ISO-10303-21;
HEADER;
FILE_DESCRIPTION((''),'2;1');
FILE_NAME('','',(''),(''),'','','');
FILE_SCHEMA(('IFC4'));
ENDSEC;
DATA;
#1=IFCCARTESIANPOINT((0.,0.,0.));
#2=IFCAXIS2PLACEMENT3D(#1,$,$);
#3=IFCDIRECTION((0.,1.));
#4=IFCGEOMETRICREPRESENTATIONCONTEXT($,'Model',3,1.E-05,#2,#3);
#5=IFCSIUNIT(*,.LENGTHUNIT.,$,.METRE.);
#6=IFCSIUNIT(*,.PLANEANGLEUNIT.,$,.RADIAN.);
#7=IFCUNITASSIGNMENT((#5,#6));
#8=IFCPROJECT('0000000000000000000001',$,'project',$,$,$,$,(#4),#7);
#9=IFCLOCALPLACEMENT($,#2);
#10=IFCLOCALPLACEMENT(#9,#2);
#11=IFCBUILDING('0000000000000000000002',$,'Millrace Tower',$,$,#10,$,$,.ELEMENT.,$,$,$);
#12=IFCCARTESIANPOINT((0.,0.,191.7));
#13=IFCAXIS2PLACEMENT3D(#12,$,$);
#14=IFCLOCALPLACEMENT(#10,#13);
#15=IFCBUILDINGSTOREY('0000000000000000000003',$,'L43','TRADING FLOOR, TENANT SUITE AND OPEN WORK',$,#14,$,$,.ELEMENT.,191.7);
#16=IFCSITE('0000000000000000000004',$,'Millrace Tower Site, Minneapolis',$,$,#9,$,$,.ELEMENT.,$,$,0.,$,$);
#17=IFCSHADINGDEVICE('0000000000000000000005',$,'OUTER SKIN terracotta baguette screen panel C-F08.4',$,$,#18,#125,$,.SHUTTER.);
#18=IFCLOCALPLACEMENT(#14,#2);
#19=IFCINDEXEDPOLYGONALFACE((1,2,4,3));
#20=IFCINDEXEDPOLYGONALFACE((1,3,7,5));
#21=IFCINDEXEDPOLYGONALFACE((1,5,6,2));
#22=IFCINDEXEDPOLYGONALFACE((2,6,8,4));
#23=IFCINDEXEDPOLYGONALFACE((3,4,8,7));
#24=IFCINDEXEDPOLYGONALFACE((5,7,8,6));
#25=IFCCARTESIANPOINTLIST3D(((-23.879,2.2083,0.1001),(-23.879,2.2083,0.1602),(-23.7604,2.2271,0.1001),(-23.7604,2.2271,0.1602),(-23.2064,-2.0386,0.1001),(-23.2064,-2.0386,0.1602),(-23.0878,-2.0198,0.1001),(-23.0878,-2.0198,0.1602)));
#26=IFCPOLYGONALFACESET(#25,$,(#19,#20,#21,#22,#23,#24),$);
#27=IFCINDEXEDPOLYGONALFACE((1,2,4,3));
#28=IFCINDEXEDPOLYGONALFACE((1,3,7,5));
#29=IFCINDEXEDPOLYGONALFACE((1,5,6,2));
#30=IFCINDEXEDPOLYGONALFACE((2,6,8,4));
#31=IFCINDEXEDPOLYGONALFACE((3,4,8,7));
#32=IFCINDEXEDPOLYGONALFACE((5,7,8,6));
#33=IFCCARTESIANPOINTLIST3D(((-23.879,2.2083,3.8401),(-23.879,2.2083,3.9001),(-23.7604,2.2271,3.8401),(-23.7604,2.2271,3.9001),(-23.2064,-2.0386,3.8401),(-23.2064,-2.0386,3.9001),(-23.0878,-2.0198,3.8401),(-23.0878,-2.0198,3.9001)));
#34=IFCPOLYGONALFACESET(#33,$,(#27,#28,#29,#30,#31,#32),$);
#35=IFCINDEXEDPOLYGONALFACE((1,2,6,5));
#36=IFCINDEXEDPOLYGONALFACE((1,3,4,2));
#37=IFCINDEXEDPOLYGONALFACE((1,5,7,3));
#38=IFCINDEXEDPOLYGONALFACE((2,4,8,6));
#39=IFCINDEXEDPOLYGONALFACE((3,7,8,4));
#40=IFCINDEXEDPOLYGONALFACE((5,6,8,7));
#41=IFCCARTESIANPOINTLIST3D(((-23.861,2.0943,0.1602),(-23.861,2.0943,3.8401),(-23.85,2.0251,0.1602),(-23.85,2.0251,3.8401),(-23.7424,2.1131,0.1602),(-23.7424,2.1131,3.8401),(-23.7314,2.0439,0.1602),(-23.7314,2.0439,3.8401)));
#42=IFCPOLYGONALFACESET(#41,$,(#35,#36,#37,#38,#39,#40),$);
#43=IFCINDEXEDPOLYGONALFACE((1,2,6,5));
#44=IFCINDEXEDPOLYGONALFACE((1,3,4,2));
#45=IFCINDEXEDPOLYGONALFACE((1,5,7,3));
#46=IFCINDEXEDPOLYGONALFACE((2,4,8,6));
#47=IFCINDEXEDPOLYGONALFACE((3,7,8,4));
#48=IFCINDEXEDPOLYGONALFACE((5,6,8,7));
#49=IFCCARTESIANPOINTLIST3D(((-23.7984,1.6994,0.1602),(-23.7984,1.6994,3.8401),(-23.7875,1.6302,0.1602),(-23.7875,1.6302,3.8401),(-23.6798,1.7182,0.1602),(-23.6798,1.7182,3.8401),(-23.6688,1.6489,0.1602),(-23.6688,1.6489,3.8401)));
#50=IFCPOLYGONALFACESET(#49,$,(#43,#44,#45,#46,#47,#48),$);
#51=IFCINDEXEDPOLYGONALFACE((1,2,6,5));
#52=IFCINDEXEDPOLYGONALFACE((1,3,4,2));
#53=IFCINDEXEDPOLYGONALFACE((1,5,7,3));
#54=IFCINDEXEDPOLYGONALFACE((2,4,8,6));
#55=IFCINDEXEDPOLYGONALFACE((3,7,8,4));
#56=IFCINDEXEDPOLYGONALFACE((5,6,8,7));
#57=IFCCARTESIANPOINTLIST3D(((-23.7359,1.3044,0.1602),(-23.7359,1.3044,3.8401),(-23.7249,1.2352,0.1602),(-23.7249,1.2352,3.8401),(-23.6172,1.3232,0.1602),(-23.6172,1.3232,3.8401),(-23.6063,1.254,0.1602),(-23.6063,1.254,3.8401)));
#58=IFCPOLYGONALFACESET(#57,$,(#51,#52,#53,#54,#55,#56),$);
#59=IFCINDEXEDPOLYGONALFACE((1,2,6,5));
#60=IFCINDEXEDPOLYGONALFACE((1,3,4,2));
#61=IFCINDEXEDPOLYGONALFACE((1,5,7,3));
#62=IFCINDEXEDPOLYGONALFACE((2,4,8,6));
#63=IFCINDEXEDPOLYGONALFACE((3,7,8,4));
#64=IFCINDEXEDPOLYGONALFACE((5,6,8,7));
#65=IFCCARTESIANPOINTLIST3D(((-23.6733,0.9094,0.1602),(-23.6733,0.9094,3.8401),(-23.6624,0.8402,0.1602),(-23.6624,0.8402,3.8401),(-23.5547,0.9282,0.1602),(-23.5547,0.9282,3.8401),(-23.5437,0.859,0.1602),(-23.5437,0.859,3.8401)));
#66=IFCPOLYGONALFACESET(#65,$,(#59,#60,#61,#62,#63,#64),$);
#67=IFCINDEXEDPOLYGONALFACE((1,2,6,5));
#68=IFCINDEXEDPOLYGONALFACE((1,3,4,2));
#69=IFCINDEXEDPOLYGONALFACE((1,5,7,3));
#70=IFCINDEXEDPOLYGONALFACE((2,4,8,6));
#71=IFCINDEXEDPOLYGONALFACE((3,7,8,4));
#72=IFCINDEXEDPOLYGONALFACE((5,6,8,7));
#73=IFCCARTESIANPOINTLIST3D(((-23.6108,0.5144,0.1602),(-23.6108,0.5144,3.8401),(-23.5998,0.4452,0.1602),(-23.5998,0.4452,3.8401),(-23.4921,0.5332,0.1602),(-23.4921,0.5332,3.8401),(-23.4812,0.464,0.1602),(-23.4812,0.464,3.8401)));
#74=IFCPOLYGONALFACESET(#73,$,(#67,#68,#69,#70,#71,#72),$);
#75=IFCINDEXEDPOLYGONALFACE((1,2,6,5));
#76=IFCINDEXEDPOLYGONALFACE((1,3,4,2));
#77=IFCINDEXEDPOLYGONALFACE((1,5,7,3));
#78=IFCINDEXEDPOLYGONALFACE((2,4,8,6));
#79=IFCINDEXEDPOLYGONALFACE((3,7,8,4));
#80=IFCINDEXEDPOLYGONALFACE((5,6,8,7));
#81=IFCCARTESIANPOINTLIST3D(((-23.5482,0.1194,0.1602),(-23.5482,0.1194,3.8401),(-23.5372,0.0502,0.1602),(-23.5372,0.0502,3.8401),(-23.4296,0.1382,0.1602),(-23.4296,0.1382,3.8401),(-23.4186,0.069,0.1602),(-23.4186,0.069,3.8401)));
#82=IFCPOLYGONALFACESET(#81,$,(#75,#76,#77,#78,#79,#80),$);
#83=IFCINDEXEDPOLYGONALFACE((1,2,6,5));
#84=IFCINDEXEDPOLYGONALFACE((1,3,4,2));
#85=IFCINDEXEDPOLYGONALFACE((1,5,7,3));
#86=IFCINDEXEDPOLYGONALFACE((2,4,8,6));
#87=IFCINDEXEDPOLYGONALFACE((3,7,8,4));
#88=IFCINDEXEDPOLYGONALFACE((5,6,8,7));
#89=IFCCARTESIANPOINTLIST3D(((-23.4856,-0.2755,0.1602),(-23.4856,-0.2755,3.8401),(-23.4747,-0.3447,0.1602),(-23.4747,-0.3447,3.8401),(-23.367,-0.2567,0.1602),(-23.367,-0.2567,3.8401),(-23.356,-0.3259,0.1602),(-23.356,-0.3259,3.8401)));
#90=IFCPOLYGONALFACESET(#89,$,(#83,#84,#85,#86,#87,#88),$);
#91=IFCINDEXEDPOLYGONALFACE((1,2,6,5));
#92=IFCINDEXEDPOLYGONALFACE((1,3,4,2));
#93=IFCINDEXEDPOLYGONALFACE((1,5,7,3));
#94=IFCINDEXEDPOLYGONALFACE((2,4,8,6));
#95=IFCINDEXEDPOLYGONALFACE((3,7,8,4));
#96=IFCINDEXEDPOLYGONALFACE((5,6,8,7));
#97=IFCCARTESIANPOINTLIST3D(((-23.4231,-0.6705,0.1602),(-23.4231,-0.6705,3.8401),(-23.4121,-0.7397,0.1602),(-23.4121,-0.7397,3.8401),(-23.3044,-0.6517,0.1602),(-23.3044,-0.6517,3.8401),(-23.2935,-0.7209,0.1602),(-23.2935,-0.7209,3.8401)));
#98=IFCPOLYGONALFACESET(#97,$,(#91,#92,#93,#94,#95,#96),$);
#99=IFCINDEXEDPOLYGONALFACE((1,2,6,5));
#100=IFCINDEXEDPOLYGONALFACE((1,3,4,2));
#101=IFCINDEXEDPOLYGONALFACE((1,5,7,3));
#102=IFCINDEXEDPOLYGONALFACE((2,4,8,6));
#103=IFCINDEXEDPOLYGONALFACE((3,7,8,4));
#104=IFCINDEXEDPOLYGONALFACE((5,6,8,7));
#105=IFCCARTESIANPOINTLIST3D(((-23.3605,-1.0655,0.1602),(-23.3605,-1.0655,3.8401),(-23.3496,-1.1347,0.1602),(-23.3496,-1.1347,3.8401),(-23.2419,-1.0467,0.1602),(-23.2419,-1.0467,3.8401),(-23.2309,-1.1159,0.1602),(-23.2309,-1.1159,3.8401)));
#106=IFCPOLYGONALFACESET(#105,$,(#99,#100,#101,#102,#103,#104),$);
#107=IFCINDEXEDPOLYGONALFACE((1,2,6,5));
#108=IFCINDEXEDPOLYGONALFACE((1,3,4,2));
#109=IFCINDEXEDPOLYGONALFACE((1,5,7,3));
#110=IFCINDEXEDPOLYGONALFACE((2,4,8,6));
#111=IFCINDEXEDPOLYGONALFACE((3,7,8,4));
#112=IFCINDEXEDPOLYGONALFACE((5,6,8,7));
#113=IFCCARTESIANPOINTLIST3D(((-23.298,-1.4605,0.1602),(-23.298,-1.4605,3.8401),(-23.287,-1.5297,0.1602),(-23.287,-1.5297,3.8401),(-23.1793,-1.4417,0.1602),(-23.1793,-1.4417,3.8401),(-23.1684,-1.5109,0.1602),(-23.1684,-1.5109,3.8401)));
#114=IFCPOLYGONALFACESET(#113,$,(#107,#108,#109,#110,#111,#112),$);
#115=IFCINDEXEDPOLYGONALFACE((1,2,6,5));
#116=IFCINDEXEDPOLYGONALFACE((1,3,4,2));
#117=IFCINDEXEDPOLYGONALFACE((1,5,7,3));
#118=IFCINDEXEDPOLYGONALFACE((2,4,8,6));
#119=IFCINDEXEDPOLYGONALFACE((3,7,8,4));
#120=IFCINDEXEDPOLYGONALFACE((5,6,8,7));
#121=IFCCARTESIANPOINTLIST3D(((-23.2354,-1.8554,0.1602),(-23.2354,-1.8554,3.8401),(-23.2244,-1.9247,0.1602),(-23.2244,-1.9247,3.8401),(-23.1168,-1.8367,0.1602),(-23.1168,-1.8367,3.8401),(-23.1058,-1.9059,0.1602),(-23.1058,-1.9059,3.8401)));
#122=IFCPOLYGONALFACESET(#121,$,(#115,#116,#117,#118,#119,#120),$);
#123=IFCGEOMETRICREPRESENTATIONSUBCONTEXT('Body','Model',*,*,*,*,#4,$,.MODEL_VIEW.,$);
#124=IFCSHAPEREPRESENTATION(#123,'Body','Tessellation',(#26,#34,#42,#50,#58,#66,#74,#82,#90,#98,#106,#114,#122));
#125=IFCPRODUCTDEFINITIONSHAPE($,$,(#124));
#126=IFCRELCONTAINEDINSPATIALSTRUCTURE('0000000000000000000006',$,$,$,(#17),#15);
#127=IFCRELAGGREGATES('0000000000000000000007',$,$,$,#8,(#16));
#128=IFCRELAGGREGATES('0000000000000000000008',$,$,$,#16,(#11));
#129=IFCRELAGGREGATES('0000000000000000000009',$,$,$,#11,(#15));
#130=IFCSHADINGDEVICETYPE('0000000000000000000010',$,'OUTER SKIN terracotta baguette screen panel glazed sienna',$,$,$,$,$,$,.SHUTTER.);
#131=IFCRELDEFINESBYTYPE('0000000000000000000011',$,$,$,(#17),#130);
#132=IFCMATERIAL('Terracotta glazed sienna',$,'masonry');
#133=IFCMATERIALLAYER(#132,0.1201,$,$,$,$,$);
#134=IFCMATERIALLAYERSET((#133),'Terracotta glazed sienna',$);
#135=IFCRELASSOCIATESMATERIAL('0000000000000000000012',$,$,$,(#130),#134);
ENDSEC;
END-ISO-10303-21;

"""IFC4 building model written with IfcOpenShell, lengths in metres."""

from ifc_helpers import new_model, entity, si_unit, direction, frame, frame_2d, origin, origin_2d, place, context, subcontext, project, spatial, rectangle, extrude, source, transform, mapped, material, layer, layer_set, type_object, element, save


model = new_model("IFC4")

# Units and contexts
model_context = context("Model", 3, precision=1e-05, world=origin(), true_north=direction((0.0, 1.0)))
body_context = subcontext(model_context, "Body", "Model", "MODEL_VIEW")
ifc_project = project(units=[si_unit("LENGTHUNIT", "METRE"), si_unit("PLANEANGLEUNIT", "RADIAN")], contexts=[model_context])

# Site, building, storey
site_placement = place(None, origin())
site = spatial("IfcSite", under=ifc_project, at=site_placement, Name="Millrace Tower Site, Minneapolis", CompositionType="ELEMENT", RefElevation=0.0)
building_placement = place(site_placement, origin())
building = spatial("IfcBuilding", under=site, at=building_placement, Name="Millrace Tower", CompositionType="ELEMENT")
storey_placement = place(building_placement, frame((0.0, 0.0, 191.7)))
storey = spatial("IfcBuildingStorey", under=building, at=storey_placement, Name="L43", Description="TRADING FLOOR, TENANT SUITE AND OPEN WORK", CompositionType="ELEMENT", Elevation=191.7)

# Shading device
ifc_material_1 = material(Name="Terracotta glazed sienna", Category="masonry")
ifc_layer_1 = layer(ifc_material_1, 0.1201)
ifc_layer_set_1 = layer_set([ifc_layer_1], Name="Terracotta glazed sienna")
shading_device_type = type_object("IfcShadingDeviceType", Name="OUTER SKIN terracotta baguette screen panel glazed sienna", PredefinedType="SHUTTER", material=ifc_layer_set_1)
cartesian_point = entity("IfcCartesianPoint", [-2.1499, 0.0601])
shared_polyline = entity("IfcPolyline", [cartesian_point, entity("IfcCartesianPoint", [2.1499, 0.0601]), entity("IfcCartesianPoint", [2.1499, -0.0601]), entity("IfcCartesianPoint", [-2.1499, -0.0601]), cartesian_point])
shared_shape = source(origin(), body_context, "Body", "SweptSolid", [
    entity("IfcExtrudedAreaSolid", entity("IfcArbitraryClosedProfileDef", "AREA", None, shared_polyline), entity("IfcAxis2Placement3D", entity("IfcCartesianPoint", [0.0, 0.0, 0.0])), entity("IfcDirection", [0.0, 0.0, 1.0]), 0.0601),
    entity("IfcExtrudedAreaSolid", entity("IfcArbitraryClosedProfileDef", "AREA", None, shared_polyline), entity("IfcAxis2Placement3D", entity("IfcCartesianPoint", [0.0, 0.0, 3.74])), entity("IfcDirection", [0.0, 0.0, 1.0]), 0.0601),
    extrude(rectangle(XDim=0.0701, YDim=0.1201, at=frame_2d((-1.9995, 0.0))), frame((0.0, 0.0, 0.0601)), (0.0, 0.0, 1.0), 3.6799),
    extrude(rectangle(XDim=0.0701, YDim=0.1201, at=frame_2d((-1.5996, 0.0))), frame((0.0, 0.0, 0.0601)), (0.0, 0.0, 1.0), 3.6799),
    extrude(rectangle(XDim=0.0701, YDim=0.1201, at=frame_2d((-1.1997, 0.0))), frame((0.0, 0.0, 0.0601)), (0.0, 0.0, 1.0), 3.6799),
    extrude(rectangle(XDim=0.0701, YDim=0.1201, at=frame_2d((-0.7998, 0.0))), frame((0.0, 0.0, 0.0601)), (0.0, 0.0, 1.0), 3.6799),
    extrude(rectangle(XDim=0.0701, YDim=0.1201, at=frame_2d((-0.3999, 0.0))), frame((0.0, 0.0, 0.0601)), (0.0, 0.0, 1.0), 3.6799),
    extrude(rectangle(XDim=0.0701, YDim=0.1201, at=origin_2d()), frame((0.0, 0.0, 0.0601)), (0.0, 0.0, 1.0), 3.6799),
    extrude(rectangle(XDim=0.0701, YDim=0.1201, at=frame_2d((0.3999, 0.0))), frame((0.0, 0.0, 0.0601)), (0.0, 0.0, 1.0), 3.6799),
    extrude(rectangle(XDim=0.0701, YDim=0.1201, at=frame_2d((0.7998, 0.0))), frame((0.0, 0.0, 0.0601)), (0.0, 0.0, 1.0), 3.6799),
    extrude(rectangle(XDim=0.0701, YDim=0.1201, at=frame_2d((1.1997, 0.0))), frame((0.0, 0.0, 0.0601)), (0.0, 0.0, 1.0), 3.6799),
    extrude(rectangle(XDim=0.0701, YDim=0.1201, at=frame_2d((1.5996, 0.0))), frame((0.0, 0.0, 0.0601)), (0.0, 0.0, 1.0), 3.6799),
    extrude(rectangle(XDim=0.0701, YDim=0.1201, at=frame_2d((1.9995, 0.0))), frame((0.0, 0.0, 0.0601)), (0.0, 0.0, 1.0), 3.6799),
])
shading_device_placement = place(storey_placement, frame((-23.4834, 0.0942, 0.1001), z_axis=(0.0, 0.0, 1.0), x_axis=(0.156434, -0.987688, 0.0)))
element("IfcShadingDevice", 1, at=shading_device_placement, inside=storey, type_object=shading_device_type, Name="OUTER SKIN terracotta baguette screen panel C-F08.4", PredefinedType="SHUTTER", context=body_context, shape_type="MappedRepresentation", body=[
    mapped(shared_shape, transform((0.0, 0.0, 0.0), scale=1.0)),
])

save(model, "model.ifc")
